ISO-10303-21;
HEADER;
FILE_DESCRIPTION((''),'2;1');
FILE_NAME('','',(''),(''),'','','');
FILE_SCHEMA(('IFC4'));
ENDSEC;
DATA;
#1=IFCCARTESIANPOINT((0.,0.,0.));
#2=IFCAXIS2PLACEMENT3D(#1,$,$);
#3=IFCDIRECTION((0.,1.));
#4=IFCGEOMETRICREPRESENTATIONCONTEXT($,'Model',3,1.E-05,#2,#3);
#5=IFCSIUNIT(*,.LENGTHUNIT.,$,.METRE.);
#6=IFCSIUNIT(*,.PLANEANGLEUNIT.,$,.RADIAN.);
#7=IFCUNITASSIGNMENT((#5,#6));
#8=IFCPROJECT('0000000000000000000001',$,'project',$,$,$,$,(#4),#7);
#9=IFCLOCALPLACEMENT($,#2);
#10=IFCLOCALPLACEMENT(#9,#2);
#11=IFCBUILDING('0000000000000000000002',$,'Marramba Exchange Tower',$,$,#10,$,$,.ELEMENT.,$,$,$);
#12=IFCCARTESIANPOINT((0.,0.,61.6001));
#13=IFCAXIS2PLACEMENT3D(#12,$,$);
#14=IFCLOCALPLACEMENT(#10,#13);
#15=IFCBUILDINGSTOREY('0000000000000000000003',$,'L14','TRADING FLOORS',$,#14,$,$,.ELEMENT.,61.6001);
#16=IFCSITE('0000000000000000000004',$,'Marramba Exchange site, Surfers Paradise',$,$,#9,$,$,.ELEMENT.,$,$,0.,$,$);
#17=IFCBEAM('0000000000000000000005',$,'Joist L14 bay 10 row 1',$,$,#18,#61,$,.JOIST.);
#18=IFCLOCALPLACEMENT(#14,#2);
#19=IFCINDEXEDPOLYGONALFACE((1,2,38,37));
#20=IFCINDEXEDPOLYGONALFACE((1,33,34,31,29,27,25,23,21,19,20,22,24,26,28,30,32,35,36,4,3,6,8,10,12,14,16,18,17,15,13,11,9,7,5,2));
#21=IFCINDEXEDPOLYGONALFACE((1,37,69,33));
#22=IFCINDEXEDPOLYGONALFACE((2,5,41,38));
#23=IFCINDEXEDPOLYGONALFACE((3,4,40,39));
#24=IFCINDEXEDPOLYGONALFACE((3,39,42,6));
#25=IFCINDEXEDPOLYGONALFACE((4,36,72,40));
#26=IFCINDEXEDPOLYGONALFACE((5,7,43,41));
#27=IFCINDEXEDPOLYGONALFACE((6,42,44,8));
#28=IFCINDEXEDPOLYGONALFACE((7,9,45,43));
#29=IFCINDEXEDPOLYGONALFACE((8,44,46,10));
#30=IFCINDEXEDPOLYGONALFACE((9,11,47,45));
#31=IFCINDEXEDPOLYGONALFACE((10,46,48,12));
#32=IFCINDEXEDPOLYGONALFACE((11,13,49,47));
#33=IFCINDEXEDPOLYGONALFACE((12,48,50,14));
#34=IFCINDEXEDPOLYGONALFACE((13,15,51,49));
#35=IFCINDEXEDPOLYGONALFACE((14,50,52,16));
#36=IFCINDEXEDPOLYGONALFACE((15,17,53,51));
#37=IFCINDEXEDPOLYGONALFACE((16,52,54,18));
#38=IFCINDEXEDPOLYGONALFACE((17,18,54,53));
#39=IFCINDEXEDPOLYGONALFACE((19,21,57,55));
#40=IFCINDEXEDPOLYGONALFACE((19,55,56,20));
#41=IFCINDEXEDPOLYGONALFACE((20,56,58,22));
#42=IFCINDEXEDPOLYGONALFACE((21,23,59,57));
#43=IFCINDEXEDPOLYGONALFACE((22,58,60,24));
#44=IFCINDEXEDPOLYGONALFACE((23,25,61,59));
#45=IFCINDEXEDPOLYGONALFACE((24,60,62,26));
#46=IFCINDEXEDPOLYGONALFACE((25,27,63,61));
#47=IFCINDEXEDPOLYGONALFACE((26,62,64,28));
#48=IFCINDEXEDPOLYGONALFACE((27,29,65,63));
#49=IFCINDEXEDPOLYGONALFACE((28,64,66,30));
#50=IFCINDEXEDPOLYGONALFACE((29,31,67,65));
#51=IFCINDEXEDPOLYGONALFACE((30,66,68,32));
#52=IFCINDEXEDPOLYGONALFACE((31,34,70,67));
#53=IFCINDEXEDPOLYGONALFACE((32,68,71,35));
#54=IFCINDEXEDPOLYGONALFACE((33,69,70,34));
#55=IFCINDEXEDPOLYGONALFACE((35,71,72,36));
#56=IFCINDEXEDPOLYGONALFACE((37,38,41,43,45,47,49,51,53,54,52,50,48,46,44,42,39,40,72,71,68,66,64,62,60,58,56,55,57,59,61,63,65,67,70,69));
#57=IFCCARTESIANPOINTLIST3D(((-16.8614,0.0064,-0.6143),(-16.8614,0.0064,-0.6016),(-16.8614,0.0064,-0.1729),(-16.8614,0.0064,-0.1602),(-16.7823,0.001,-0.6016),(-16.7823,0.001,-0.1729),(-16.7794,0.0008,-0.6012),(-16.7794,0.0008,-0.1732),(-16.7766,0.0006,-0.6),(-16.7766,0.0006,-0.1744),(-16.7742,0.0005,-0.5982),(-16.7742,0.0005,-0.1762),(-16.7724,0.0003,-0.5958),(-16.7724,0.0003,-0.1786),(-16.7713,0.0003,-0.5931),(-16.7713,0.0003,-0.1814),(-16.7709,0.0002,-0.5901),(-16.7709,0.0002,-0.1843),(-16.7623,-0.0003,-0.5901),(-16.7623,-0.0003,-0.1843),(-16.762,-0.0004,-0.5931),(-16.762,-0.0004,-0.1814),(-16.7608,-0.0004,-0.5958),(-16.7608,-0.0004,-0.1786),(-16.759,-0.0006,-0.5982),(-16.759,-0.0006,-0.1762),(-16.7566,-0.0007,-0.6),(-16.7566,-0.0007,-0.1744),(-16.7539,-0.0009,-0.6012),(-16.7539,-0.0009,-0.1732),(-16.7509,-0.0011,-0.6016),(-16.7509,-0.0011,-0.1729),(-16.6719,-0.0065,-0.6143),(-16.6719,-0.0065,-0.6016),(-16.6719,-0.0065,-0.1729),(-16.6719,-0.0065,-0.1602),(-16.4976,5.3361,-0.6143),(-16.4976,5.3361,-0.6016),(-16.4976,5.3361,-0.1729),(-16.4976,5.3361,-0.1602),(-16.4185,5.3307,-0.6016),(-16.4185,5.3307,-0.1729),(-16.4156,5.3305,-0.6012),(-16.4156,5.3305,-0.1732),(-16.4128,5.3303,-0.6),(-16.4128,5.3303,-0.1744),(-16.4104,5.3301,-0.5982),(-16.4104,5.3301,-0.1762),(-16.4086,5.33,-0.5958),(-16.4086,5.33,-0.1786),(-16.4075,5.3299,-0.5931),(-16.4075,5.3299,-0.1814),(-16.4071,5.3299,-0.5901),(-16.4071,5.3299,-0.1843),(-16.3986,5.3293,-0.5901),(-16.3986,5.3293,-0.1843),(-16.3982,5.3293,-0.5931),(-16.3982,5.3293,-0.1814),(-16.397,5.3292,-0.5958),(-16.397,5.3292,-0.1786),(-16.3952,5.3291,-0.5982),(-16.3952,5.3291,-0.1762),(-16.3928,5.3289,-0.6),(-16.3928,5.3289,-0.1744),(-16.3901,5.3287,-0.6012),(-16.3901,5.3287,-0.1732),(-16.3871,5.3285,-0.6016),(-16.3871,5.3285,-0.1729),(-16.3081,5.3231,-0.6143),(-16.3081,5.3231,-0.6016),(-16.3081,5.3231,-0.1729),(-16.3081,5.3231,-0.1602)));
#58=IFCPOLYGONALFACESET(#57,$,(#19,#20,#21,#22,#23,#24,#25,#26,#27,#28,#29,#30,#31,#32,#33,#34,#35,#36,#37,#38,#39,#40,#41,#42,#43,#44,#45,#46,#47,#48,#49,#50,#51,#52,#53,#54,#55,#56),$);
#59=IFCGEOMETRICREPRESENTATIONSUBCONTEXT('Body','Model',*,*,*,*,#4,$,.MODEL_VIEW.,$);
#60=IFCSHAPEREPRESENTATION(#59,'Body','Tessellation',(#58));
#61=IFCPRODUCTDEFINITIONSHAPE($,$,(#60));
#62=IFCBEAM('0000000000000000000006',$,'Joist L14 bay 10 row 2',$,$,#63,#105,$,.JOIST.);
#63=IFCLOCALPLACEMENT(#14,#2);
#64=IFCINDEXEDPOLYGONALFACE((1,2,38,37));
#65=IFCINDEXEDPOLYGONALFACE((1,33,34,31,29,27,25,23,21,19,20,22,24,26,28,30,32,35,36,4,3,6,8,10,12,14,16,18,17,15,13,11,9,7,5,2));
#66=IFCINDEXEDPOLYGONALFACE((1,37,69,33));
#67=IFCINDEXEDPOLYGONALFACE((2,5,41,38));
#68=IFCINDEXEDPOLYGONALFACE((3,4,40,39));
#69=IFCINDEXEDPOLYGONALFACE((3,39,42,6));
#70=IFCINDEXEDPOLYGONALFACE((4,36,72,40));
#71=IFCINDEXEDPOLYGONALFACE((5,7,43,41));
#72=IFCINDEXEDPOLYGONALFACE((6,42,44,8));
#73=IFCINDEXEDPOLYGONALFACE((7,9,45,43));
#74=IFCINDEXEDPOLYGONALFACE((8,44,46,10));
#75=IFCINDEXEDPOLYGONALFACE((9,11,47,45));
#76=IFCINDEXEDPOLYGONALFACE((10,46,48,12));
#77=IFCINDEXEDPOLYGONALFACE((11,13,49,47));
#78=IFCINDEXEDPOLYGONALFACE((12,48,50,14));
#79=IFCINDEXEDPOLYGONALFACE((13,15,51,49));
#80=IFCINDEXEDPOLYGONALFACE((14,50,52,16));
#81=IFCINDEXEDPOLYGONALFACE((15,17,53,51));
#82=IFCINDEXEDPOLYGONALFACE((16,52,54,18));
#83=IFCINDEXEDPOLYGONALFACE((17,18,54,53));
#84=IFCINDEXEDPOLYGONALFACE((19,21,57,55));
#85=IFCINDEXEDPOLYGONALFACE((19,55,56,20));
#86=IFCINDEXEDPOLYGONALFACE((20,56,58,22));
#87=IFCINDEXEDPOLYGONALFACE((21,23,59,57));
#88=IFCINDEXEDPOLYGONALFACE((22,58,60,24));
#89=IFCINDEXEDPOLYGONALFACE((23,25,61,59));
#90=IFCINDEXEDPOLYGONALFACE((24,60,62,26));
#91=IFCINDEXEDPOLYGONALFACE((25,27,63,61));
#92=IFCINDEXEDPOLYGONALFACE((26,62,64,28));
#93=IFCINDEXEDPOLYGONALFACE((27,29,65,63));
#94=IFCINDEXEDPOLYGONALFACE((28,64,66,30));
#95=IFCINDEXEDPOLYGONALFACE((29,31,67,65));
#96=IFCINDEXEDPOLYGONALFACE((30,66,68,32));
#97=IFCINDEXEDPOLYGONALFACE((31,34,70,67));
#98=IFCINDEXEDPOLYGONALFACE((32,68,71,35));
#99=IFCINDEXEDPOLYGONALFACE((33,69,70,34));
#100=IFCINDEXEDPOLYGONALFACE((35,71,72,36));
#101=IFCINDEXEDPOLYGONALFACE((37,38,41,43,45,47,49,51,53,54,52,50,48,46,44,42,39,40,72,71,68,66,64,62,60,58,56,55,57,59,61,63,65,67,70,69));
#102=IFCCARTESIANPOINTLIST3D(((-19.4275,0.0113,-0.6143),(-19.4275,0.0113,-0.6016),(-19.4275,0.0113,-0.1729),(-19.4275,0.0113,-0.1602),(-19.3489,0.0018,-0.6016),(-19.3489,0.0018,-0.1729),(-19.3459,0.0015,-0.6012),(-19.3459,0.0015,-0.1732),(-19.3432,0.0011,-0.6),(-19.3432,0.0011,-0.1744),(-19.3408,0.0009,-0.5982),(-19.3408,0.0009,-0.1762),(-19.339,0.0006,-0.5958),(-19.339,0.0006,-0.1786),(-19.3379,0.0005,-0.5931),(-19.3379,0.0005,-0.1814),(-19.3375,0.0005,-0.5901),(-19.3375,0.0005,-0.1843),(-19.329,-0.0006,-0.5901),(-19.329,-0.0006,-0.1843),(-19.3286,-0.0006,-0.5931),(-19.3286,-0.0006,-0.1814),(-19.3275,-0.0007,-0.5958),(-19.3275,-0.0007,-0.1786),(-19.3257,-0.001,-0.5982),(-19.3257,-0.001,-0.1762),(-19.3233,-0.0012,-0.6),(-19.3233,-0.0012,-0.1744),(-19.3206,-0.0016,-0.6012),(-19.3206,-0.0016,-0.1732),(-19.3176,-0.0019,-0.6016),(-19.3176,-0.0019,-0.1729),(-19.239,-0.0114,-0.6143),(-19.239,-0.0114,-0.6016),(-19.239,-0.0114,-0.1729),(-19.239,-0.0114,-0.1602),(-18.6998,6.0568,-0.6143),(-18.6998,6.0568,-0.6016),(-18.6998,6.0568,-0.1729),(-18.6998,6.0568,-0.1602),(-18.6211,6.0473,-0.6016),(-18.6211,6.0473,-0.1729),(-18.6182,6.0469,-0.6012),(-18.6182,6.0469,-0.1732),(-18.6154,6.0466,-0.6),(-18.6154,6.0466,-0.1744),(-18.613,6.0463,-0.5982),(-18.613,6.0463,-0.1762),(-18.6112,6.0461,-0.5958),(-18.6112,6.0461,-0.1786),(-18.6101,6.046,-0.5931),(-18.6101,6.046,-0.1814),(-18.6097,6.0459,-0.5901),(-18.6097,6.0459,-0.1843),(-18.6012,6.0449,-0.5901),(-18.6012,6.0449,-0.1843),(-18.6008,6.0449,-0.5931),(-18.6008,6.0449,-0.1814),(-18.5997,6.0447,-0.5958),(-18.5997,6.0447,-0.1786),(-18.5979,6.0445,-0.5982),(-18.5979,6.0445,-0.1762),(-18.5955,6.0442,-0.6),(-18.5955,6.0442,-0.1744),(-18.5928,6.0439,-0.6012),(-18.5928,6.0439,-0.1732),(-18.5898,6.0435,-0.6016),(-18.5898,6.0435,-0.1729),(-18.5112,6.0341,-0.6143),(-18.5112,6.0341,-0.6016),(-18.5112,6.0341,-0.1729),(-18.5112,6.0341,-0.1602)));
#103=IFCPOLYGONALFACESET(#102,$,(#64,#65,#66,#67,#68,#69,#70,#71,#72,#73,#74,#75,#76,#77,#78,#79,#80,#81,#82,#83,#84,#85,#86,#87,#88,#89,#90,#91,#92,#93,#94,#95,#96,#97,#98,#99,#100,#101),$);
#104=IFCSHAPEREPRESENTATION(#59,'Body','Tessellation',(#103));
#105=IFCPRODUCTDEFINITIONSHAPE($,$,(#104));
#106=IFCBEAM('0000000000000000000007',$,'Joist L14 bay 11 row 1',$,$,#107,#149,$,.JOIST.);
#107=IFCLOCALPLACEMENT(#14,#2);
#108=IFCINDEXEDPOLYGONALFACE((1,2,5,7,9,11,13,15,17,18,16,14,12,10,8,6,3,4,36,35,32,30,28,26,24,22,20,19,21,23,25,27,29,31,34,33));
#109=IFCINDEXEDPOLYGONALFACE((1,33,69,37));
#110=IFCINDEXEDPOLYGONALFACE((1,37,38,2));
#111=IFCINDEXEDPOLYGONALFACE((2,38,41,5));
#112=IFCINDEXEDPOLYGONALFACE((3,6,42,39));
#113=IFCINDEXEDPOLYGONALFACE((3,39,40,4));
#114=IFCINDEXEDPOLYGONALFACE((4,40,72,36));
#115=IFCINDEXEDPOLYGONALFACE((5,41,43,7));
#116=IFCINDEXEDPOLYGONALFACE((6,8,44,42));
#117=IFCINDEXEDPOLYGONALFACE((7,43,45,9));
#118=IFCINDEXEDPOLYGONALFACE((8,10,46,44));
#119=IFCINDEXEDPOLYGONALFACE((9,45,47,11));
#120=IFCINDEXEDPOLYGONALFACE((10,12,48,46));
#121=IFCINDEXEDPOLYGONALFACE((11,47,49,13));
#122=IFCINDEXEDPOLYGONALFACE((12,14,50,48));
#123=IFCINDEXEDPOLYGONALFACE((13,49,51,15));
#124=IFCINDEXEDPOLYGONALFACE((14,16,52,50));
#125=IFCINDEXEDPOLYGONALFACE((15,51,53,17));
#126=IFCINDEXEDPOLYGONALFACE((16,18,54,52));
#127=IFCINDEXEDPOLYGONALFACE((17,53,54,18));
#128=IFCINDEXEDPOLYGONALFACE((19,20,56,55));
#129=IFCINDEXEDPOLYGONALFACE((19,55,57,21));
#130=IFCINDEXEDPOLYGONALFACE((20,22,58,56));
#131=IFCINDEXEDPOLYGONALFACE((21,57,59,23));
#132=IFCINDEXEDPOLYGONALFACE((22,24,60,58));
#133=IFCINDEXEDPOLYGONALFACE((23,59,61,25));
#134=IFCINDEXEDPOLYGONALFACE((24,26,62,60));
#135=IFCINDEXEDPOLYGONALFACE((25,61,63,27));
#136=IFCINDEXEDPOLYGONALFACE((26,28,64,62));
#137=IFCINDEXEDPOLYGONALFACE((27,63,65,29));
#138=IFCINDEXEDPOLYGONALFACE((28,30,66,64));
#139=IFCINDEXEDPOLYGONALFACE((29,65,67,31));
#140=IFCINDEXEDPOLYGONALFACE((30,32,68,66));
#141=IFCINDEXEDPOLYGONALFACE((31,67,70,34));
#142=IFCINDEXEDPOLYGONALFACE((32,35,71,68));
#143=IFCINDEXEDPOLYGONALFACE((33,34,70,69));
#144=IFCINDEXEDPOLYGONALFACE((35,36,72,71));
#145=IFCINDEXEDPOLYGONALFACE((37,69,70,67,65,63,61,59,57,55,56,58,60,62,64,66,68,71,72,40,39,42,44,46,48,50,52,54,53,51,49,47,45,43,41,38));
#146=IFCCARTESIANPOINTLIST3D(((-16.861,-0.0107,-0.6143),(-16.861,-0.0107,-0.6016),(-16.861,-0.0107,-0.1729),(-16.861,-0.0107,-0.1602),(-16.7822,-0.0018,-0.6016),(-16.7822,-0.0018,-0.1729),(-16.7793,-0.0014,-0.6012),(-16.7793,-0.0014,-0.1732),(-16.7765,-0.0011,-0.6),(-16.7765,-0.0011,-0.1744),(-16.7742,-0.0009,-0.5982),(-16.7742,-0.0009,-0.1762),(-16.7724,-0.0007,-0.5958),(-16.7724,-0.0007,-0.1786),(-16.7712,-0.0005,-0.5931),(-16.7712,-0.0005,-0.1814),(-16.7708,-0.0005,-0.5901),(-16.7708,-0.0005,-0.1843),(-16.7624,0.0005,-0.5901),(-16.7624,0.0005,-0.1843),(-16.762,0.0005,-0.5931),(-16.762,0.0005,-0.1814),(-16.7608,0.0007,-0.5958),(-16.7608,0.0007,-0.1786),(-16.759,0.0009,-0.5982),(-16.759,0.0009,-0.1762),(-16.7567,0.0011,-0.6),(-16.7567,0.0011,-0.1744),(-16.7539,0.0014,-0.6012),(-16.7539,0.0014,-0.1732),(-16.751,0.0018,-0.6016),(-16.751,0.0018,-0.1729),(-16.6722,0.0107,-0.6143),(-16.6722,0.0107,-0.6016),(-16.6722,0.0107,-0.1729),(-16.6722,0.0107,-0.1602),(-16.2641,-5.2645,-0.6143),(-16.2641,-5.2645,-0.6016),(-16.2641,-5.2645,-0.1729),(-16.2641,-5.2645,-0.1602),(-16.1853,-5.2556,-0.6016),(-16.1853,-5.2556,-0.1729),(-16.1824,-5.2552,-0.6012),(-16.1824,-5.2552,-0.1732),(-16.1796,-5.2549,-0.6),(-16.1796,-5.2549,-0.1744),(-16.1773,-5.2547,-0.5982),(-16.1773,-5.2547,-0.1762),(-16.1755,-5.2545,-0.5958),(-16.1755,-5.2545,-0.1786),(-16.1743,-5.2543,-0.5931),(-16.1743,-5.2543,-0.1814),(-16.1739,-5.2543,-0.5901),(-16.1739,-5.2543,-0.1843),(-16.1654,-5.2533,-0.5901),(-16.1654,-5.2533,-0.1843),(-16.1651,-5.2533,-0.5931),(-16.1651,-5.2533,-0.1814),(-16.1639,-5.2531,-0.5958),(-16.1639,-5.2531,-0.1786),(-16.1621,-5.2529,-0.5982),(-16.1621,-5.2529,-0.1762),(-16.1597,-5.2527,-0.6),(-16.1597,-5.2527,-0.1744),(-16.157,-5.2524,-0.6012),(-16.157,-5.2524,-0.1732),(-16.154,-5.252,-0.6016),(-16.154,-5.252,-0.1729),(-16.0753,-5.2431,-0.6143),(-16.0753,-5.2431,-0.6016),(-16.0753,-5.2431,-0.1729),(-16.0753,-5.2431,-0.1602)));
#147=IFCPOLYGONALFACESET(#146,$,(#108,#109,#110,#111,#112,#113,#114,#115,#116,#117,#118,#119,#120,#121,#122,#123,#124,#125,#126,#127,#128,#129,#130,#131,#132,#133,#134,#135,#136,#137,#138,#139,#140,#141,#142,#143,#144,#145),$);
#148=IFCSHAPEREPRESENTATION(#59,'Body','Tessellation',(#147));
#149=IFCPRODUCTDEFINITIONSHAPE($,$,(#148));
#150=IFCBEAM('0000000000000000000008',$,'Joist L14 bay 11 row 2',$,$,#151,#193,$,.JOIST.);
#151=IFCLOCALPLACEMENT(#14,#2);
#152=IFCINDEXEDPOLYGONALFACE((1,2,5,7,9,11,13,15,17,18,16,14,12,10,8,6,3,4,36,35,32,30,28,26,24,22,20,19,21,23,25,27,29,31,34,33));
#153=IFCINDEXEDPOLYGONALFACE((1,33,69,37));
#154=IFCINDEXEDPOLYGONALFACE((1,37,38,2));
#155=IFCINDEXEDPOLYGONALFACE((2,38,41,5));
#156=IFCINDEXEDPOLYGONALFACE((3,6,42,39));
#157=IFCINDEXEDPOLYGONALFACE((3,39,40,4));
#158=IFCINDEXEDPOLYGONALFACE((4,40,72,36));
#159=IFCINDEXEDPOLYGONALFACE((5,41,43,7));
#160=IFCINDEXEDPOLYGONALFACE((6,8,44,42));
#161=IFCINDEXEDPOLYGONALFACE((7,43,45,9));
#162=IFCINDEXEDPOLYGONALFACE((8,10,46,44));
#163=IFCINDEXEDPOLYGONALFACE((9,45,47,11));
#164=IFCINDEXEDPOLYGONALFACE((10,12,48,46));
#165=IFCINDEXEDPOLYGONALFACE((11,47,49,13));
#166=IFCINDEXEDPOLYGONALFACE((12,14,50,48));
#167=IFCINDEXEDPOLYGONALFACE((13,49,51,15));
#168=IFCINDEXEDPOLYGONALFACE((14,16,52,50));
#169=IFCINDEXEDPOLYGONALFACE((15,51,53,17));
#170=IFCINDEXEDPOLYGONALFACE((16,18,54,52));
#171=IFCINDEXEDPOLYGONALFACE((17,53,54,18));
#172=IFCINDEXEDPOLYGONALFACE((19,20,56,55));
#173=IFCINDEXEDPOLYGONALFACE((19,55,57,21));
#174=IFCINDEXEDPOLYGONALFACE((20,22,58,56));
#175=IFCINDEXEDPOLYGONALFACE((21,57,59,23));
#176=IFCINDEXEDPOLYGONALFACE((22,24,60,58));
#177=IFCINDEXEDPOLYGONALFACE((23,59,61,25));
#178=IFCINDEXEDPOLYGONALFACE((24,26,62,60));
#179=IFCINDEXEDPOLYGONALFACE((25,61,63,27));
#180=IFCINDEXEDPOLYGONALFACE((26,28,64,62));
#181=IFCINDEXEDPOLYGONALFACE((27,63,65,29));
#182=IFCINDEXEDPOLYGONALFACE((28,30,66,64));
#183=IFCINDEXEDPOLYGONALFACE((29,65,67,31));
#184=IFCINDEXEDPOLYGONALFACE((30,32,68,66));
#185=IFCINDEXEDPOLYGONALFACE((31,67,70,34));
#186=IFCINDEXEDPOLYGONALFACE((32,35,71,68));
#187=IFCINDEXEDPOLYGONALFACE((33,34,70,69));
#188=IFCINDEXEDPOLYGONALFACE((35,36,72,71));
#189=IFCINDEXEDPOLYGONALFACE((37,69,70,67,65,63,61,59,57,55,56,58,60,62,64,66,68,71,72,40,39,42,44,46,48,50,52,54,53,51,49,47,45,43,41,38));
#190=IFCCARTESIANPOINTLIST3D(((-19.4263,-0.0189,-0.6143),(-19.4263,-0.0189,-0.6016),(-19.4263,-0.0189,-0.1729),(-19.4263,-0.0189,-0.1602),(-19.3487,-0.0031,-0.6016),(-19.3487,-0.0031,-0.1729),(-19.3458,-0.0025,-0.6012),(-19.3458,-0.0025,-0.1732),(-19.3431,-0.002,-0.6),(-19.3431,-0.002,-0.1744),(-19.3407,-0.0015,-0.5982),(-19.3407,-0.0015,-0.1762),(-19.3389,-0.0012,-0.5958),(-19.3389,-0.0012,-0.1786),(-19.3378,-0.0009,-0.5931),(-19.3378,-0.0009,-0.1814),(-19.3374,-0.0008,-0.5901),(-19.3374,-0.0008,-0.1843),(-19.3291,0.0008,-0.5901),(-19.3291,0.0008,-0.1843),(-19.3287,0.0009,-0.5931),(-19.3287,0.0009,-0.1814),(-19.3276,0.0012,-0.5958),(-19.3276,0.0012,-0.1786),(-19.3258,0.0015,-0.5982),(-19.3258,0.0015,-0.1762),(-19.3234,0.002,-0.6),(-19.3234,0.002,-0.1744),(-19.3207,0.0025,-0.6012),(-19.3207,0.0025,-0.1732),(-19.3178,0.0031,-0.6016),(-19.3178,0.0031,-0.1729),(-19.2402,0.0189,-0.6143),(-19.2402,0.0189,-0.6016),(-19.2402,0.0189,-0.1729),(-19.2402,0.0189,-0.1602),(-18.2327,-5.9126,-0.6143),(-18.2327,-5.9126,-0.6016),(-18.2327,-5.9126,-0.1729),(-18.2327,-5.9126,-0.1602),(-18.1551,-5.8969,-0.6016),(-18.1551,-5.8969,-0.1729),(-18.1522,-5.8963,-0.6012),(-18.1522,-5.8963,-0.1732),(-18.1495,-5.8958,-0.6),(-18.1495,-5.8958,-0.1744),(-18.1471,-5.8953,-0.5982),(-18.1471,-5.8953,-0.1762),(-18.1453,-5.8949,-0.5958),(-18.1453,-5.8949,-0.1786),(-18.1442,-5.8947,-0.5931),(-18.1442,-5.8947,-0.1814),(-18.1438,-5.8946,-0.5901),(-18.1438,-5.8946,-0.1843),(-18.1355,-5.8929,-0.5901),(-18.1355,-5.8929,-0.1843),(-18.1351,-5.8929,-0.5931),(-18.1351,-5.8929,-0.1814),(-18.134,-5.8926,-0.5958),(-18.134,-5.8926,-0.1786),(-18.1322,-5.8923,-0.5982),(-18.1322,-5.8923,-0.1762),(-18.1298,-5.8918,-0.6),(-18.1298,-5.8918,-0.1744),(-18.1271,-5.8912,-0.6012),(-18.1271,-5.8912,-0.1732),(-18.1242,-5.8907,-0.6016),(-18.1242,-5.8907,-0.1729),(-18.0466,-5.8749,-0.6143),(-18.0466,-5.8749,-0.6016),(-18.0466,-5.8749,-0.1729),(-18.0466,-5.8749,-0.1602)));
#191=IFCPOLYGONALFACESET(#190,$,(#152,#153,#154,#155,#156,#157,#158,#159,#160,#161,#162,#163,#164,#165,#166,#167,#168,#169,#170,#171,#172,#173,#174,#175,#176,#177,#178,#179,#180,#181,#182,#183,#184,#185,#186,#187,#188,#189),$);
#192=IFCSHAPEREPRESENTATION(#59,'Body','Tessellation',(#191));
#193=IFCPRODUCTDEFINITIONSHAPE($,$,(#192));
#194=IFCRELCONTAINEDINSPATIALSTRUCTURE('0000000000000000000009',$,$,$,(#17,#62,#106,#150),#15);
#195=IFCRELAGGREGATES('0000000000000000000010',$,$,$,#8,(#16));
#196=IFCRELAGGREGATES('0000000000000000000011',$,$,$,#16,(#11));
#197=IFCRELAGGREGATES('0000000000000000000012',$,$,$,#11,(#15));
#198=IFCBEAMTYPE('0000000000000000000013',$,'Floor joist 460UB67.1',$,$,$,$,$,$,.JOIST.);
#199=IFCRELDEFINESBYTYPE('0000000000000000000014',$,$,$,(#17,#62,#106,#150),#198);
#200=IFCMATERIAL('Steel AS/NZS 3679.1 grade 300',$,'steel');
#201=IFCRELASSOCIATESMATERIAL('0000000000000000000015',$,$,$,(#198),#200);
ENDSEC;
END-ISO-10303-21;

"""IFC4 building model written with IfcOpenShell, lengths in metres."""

from ifc_helpers import new_model, si_unit, direction, frame, origin, origin_2d, place, context, subcontext, project, spatial, i_section, extrude, material, material_profile, profile_set, type_object, element, save


model = new_model("IFC4")

# Units and contexts
model_context = context("Model", 3, precision=1e-05, world=origin(), true_north=direction((0.0, 1.0)))
body_context = subcontext(model_context, "Body", "Model", "MODEL_VIEW")
ifc_project = project(units=[si_unit("LENGTHUNIT", "METRE"), si_unit("PLANEANGLEUNIT", "RADIAN")], contexts=[model_context])

# Site, building, storey
site_placement = place(None, origin())
site = spatial("IfcSite", under=ifc_project, at=site_placement, Name="Marramba Exchange site, Surfers Paradise", CompositionType="ELEMENT", RefElevation=0.0)
building_placement = place(site_placement, origin())
building = spatial("IfcBuilding", under=site, at=building_placement, Name="Marramba Exchange Tower", CompositionType="ELEMENT")
storey_placement = place(building_placement, frame((0.0, 0.0, 61.6001)))
storey = spatial("IfcBuildingStorey", under=building, at=storey_placement, Name="L14", Description="TRADING FLOORS", CompositionType="ELEMENT", Elevation=61.6001)

# Beams
ifc_material_1 = material(Name="Steel AS/NZS 3679.1 grade 300", Category="steel")
ifc_material_profile_1 = material_profile(ifc_material_1, i_section(OverallWidth=0.1899, OverallDepth=0.4541, WebThickness=0.0085, FlangeThickness=0.0127, FilletRadius=0.0115, at=origin_2d()), Name="460UB67.1")
ifc_profile_set_1 = profile_set([ifc_material_profile_1], Name="Steel AS/NZS 3679.1 grade 300")
beam_type_1 = type_object("IfcBeamType", Name="Floor joist 460UB67.1", PredefinedType="JOIST", material=ifc_profile_set_1)
beam_1_placement = place(storey_placement, frame((-16.4028, 5.3296, -0.3872), z_axis=(-0.068096, -0.997679, 0.0), x_axis=(0.997679, -0.068096, 0.0)))
element("IfcBeam", 1, at=beam_1_placement, inside=storey, type_object=beam_type_1, Name="Joist L14 bay 10 row 1", PredefinedType="JOIST", context=body_context, shape_type="SweptSolid", body=[
    extrude(i_section(OverallWidth=0.1899, OverallDepth=0.4541, WebThickness=0.0085, FlangeThickness=0.0127, FilletRadius=0.0115, at=origin_2d()), origin(), (0.0, 0.0, 1.0), 5.342),
])
beam_2_placement = place(storey_placement, frame((-18.6055, 6.0454, -0.3872), z_axis=(-0.119523, -0.992831, 0.0), x_axis=(0.992831, -0.119523, 0.0)))
element("IfcBeam", 2, at=beam_2_placement, inside=storey, type_object=beam_type_1, Name="Joist L14 bay 10 row 2", PredefinedType="JOIST", context=body_context, shape_type="SweptSolid", body=[
    extrude(i_section(OverallWidth=0.1899, OverallDepth=0.4541, WebThickness=0.0085, FlangeThickness=0.0127, FilletRadius=0.0115, at=origin_2d()), origin(), (0.0, 0.0, 1.0), 6.0891),
])
beam_3_placement = place(storey_placement, frame((-16.7666, 0.0, -0.3872), z_axis=(0.112889, -0.993608, 0.0), x_axis=(0.993608, 0.112889, 0.0)))
element("IfcBeam", 3, at=beam_3_placement, inside=storey, type_object=beam_type_1, Name="Joist L14 bay 11 row 1", PredefinedType="JOIST", context=body_context, shape_type="SweptSolid", body=[
    extrude(i_section(OverallWidth=0.1899, OverallDepth=0.4541, WebThickness=0.0085, FlangeThickness=0.0127, FilletRadius=0.0115, at=origin_2d()), origin(), (0.0, 0.0, 1.0), 5.2876),
])
beam_4_placement = place(storey_placement, frame((-19.3333, 0.0, -0.3872), z_axis=(0.198489, -0.980103, 0.0), x_axis=(0.980103, 0.198489, 0.0)))
element("IfcBeam", 4, at=beam_4_placement, inside=storey, type_object=beam_type_1, Name="Joist L14 bay 11 row 2", PredefinedType="JOIST", context=body_context, shape_type="SweptSolid", body=[
    extrude(i_section(OverallWidth=0.1899, OverallDepth=0.4541, WebThickness=0.0085, FlangeThickness=0.0127, FilletRadius=0.0115, at=origin_2d()), origin(), (0.0, 0.0, 1.0), 6.0134),
])

save(model, "model.ifc")
